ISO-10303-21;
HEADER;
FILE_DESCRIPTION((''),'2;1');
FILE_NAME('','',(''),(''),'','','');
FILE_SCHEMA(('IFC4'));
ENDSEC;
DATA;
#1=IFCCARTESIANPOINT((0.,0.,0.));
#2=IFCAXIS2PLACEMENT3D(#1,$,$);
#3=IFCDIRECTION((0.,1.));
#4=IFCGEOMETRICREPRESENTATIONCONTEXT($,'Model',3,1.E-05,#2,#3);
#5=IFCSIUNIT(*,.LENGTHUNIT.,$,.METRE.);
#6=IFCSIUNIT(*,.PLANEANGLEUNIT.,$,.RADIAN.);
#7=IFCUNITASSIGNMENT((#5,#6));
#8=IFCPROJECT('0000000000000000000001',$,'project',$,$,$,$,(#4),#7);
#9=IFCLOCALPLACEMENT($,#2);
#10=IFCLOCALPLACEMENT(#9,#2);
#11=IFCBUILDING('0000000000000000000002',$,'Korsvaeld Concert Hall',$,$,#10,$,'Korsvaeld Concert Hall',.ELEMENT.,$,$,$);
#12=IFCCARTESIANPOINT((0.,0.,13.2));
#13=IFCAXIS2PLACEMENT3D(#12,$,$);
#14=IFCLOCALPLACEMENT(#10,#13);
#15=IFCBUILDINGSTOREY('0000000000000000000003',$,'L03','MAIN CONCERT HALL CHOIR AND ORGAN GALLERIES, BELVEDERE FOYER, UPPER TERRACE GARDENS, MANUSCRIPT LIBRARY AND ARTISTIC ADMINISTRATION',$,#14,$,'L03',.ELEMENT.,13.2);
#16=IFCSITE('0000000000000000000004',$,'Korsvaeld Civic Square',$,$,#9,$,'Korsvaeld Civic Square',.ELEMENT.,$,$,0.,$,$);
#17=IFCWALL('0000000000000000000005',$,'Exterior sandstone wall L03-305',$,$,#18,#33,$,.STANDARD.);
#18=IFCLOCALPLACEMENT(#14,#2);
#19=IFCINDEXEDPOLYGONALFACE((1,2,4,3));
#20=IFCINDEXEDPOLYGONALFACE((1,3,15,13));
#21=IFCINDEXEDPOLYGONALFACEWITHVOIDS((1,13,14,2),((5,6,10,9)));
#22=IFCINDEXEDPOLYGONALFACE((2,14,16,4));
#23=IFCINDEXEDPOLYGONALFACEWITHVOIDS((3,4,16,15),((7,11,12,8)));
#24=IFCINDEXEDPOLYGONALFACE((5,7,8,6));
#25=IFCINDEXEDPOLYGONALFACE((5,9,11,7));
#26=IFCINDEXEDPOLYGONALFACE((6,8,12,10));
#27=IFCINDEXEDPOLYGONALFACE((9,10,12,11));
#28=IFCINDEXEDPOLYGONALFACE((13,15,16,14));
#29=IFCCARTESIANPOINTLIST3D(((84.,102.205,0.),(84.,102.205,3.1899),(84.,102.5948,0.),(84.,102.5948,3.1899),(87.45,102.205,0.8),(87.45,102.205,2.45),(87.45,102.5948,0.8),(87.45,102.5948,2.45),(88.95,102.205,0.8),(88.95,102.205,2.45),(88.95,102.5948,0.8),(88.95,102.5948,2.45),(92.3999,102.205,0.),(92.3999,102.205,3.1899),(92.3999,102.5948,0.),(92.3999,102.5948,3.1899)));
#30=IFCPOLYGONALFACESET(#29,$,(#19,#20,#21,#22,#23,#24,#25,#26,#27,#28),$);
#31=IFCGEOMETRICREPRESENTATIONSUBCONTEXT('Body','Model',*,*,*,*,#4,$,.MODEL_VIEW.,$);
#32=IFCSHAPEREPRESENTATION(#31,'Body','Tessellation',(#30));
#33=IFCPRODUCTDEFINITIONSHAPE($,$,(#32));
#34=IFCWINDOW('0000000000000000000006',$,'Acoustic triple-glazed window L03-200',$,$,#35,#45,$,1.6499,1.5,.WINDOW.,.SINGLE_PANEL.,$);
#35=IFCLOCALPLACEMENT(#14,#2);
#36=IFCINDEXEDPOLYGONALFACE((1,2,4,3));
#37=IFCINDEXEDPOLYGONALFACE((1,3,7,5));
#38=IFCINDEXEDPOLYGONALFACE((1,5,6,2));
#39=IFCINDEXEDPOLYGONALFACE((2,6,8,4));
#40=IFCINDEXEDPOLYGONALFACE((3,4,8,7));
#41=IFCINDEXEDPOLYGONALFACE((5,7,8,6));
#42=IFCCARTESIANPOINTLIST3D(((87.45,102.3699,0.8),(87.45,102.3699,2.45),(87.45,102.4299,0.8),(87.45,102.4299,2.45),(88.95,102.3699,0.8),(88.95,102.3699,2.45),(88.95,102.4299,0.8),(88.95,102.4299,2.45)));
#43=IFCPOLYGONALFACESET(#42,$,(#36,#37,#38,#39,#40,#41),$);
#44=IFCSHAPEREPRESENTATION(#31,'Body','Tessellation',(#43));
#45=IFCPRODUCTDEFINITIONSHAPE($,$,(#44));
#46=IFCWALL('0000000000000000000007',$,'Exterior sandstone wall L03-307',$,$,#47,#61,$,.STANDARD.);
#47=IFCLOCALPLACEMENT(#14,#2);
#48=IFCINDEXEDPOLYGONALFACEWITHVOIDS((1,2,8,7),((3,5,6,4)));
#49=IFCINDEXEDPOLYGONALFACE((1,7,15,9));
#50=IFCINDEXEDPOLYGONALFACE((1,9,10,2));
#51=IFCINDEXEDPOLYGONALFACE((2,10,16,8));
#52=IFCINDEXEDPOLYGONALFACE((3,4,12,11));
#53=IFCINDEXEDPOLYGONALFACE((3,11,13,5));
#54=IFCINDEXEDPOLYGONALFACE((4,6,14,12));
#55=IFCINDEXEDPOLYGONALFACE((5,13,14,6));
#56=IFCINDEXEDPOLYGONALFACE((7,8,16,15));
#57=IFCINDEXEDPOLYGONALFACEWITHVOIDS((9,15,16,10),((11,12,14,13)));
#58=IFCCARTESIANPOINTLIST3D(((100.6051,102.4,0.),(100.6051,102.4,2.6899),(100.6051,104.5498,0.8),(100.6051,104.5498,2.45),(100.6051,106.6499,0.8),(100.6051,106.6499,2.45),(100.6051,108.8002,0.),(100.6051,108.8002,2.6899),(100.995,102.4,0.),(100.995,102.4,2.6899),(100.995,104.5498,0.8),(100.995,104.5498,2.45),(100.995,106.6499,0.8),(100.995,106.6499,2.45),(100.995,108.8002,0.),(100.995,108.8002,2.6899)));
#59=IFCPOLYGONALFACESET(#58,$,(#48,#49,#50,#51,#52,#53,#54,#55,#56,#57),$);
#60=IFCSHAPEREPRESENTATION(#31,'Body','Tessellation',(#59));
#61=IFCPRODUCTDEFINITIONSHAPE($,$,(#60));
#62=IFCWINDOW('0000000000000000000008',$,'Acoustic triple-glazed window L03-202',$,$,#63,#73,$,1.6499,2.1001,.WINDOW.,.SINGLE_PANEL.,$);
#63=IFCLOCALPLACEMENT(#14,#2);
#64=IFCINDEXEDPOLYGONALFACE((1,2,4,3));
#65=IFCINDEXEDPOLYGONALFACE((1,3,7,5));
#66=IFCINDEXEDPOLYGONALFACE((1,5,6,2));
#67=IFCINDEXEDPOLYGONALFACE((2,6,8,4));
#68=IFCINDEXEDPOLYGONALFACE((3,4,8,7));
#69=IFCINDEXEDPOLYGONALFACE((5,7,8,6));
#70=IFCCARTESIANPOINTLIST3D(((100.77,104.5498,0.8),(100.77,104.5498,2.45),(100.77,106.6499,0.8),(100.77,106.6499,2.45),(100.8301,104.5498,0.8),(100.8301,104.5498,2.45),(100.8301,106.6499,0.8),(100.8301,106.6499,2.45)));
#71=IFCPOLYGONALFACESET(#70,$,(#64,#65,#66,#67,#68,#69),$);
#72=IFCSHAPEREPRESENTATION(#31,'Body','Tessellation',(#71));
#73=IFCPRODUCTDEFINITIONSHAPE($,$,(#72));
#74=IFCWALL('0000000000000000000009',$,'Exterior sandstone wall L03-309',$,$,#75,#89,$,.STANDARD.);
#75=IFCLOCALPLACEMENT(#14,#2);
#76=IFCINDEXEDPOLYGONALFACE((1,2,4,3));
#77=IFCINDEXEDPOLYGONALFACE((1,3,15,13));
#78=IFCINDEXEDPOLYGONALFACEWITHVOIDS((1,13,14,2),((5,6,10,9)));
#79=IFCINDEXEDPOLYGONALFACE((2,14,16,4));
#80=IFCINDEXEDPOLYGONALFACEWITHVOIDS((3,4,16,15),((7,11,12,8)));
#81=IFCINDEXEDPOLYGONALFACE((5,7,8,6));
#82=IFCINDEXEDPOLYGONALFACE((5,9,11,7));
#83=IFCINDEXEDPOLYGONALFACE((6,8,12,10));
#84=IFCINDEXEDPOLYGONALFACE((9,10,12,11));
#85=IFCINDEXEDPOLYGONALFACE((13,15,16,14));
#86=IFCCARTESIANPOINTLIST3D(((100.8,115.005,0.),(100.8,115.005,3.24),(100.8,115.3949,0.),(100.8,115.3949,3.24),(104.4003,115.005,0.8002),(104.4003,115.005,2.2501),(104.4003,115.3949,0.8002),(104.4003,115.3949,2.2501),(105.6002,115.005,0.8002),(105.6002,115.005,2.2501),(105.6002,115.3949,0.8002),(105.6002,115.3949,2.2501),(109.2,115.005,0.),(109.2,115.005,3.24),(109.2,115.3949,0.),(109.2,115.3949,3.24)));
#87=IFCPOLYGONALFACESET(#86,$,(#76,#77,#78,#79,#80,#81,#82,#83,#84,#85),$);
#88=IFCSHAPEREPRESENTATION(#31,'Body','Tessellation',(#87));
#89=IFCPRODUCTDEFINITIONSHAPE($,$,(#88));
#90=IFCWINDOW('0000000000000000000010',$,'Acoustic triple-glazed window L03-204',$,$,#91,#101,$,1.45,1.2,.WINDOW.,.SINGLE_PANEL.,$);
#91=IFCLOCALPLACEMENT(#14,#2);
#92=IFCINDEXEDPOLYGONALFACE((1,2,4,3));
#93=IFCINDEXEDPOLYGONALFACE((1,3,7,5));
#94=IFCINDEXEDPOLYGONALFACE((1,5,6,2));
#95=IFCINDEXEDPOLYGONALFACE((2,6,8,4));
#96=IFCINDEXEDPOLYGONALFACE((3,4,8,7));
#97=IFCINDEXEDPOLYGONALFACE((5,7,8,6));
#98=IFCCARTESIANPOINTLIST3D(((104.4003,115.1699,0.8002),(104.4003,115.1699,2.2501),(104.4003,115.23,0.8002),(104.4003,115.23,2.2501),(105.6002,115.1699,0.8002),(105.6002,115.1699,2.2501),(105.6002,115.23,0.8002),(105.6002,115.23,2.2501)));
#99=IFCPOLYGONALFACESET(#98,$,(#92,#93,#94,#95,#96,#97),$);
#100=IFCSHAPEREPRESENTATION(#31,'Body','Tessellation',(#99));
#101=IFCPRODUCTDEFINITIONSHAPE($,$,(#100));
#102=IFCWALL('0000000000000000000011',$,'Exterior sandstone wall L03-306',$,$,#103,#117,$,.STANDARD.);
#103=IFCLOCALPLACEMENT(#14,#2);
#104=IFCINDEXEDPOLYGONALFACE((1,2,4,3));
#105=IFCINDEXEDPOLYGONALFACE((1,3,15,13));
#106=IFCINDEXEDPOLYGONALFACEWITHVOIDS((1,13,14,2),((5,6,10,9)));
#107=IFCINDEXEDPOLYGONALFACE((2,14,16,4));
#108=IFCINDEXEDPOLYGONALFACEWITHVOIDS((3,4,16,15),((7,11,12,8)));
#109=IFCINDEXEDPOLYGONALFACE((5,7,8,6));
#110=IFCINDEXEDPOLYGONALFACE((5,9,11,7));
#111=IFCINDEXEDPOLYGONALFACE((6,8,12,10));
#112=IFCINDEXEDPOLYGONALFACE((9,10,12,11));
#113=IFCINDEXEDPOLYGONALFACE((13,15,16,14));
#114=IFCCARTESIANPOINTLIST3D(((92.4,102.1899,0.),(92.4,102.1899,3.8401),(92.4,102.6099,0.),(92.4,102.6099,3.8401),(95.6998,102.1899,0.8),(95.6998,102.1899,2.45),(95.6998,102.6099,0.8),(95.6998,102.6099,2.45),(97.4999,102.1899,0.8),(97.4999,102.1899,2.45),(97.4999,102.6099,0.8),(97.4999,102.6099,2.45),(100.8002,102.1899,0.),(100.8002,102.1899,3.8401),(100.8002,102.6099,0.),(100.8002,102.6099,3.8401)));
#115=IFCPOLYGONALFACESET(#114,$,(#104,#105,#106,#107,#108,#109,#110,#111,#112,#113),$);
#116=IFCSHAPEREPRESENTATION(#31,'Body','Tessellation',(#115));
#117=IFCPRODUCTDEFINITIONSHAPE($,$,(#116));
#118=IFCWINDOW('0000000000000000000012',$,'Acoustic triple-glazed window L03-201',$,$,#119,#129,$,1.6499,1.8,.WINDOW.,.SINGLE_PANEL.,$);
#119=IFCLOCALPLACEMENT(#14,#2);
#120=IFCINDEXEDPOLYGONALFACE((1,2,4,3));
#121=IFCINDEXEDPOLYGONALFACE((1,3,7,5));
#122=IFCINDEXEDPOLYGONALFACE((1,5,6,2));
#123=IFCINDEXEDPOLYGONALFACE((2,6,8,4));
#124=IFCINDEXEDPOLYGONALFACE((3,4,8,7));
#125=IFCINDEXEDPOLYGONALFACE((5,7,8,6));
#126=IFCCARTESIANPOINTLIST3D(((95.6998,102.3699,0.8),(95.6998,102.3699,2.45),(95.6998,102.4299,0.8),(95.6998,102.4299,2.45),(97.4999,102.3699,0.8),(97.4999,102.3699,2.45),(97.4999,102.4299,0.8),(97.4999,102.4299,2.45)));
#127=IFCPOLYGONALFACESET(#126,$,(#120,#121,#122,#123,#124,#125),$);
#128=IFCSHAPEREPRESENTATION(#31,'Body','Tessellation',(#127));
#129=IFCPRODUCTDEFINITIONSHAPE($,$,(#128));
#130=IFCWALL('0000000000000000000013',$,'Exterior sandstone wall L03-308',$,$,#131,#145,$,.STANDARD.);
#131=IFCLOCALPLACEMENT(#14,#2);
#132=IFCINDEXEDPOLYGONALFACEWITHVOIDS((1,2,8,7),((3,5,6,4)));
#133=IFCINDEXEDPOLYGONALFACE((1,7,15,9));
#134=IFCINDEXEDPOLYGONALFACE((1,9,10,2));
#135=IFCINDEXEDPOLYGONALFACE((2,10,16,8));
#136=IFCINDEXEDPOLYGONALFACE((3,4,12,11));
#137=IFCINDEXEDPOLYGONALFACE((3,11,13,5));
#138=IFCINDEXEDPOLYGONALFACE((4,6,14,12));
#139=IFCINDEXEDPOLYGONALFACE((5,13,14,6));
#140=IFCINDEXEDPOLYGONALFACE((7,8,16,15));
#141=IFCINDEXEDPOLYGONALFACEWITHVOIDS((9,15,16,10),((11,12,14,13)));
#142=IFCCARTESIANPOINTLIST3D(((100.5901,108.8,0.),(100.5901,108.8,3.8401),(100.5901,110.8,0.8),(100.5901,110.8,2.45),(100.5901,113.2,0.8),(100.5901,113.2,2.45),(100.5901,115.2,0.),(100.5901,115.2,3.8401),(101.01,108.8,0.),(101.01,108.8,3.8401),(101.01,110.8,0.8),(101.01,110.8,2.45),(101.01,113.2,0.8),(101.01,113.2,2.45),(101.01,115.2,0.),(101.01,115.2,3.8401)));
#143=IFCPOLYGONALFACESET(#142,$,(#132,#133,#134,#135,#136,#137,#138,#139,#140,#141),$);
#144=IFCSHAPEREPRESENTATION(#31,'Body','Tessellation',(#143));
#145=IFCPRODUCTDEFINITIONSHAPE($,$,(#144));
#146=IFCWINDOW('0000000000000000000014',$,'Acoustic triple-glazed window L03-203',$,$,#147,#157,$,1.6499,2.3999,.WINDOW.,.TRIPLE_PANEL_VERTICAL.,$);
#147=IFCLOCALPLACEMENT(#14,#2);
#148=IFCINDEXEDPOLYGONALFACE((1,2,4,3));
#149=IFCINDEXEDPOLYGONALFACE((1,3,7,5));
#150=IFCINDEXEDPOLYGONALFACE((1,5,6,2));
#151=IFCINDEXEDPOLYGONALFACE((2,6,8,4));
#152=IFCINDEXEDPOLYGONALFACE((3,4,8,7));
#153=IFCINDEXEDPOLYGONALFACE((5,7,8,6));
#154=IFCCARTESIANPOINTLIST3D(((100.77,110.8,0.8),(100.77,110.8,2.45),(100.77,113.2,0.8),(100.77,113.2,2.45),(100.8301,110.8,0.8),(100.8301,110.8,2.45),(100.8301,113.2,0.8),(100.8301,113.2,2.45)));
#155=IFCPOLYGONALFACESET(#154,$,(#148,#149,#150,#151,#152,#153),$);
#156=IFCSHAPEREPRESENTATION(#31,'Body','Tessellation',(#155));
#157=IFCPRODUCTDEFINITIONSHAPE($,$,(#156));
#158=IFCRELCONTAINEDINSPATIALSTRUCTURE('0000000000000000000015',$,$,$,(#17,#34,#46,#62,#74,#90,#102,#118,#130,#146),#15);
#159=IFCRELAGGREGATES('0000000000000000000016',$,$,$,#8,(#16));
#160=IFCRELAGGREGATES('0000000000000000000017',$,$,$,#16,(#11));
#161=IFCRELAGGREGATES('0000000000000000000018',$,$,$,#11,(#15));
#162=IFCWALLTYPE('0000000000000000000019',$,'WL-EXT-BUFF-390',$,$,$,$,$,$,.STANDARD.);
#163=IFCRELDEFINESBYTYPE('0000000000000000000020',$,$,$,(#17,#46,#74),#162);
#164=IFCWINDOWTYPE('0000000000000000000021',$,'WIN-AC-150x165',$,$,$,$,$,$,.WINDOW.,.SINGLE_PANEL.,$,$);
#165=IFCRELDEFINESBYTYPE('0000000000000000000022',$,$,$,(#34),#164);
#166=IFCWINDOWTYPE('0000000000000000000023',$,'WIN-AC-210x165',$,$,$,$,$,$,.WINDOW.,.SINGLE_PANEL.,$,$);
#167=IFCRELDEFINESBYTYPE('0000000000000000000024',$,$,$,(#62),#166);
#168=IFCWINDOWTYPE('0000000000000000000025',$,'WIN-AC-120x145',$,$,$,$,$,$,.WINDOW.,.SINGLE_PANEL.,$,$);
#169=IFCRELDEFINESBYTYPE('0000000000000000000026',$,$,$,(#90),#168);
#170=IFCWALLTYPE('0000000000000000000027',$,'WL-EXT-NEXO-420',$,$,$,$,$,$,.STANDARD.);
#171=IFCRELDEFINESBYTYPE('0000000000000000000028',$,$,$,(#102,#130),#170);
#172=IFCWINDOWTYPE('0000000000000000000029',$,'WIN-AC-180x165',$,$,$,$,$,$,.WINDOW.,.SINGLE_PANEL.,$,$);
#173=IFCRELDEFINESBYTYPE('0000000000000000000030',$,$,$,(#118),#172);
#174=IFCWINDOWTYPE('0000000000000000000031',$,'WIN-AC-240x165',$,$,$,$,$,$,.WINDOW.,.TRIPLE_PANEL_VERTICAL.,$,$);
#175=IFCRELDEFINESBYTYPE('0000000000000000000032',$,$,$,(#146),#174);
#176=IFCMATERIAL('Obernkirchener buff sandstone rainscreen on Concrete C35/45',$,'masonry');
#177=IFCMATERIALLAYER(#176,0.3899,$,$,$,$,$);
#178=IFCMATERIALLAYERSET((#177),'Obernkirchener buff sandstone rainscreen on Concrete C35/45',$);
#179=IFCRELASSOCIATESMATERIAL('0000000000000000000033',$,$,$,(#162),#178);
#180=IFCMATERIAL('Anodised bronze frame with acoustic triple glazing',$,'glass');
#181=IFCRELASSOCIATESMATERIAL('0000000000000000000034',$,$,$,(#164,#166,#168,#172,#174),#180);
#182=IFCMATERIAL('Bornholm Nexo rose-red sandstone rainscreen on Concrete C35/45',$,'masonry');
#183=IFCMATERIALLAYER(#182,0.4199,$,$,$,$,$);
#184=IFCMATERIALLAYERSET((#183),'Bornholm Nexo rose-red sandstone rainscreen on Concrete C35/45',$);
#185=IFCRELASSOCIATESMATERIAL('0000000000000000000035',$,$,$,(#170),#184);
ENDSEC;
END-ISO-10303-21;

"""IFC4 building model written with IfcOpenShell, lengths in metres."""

from ifc_helpers import new_model, si_unit, direction, frame, frame_2d, origin, place, context, subcontext, project, spatial, rectangle, extrude, material, layer, layer_set, type_object, element, fill, save


model = new_model("IFC4")

# Units and contexts
model_context = context("Model", 3, precision=1e-05, world=origin(), true_north=direction((0.0, 1.0)))
body_context = subcontext(model_context, "Body", "Model", "MODEL_VIEW")
ifc_project = project(units=[si_unit("LENGTHUNIT", "METRE"), si_unit("PLANEANGLEUNIT", "RADIAN")], contexts=[model_context])

# Site, building, storey
site_placement = place(None, origin())
site = spatial("IfcSite", under=ifc_project, at=site_placement, Name="Korsvaeld Civic Square", LongName="Korsvaeld Civic Square", CompositionType="ELEMENT", RefElevation=0.0)
building_placement = place(site_placement, origin())
building = spatial("IfcBuilding", under=site, at=building_placement, Name="Korsvaeld Concert Hall", LongName="Korsvaeld Concert Hall", CompositionType="ELEMENT")
storey_placement = place(building_placement, frame((0.0, 0.0, 13.2)))
storey = spatial("IfcBuildingStorey", under=building, at=storey_placement, Name="L03", Description="MAIN CONCERT HALL CHOIR AND ORGAN GALLERIES, BELVEDERE FOYER, UPPER TERRACE GARDENS, MANUSCRIPT LIBRARY AND ARTISTIC ADMINISTRATION", LongName="L03", CompositionType="ELEMENT", Elevation=13.2)

# Walls, openings, windows
ifc_material_1 = material(Name="Obernkirchener buff sandstone rainscreen on Concrete C35/45", Category="masonry")
ifc_layer_1 = layer(ifc_material_1, 0.3899)
ifc_layer_set_1 = layer_set([ifc_layer_1], Name="Obernkirchener buff sandstone rainscreen on Concrete C35/45")
wall_type_1 = type_object("IfcWallType", Name="WL-EXT-BUFF-390", PredefinedType="STANDARD", material=ifc_layer_set_1)
wall_1_placement = place(storey_placement, frame((84.0, 102.3999, 0.0), z_axis=(0.0, 0.0, 1.0), x_axis=(1.0, 0.0, 0.0)))
wall_1 = element("IfcWall", 1, at=wall_1_placement, inside=storey, type_object=wall_type_1, Name="Exterior sandstone wall L03-305", PredefinedType="STANDARD", context=body_context, shape_type="SweptSolid", body=[
    extrude(rectangle(XDim=8.3999, YDim=0.3899, at=frame_2d((4.2, 0.0))), origin(), (0.0, 0.0, 1.0), 3.1899),
])
opening_1_placement = place(wall_1_placement, frame((3.45, 0.0, 0.8)))
opening_1 = element("IfcOpeningElement", 2, at=opening_1_placement, cuts=wall_1, PredefinedType="OPENING", context=body_context, shape_type="SweptSolid", body=[
    extrude(rectangle(XDim=1.5, YDim=1.6499, at=frame_2d((0.75, 0.825))), frame((0.0, 0.2051, 0.0), z_axis=(0.0, -1.0, 0.0), x_axis=(1.0, 0.0, 0.0)), (0.0, 0.0, 1.0), 0.4099),
])
ifc_material_2 = material(Name="Anodised bronze frame with acoustic triple glazing", Category="glass")
window_type_1 = type_object("IfcWindowType", Name="WIN-AC-150x165", PartitioningType="SINGLE_PANEL", PredefinedType="WINDOW", material=ifc_material_2)
window_1_placement = place(opening_1_placement, origin())
window_1 = element("IfcWindow", 3, at=window_1_placement, inside=storey, type_object=window_type_1, Name="Acoustic triple-glazed window L03-200", OverallHeight=1.6499, OverallWidth=1.5, PartitioningType="SINGLE_PANEL", PredefinedType="WINDOW", context=body_context, shape_type="SweptSolid", body=[
    extrude(rectangle(XDim=1.5, YDim=1.6499, at=frame_2d((0.75, 0.825))), frame((0.0, 0.03, 0.0), z_axis=(0.0, -1.0, 0.0), x_axis=(1.0, 0.0, 0.0)), (0.0, 0.0, 1.0), 0.0601),
])
fill(opening_1, window_1)
wall_2_placement = place(storey_placement, frame((100.8, 102.3999, 0.0), z_axis=(0.0, 0.0, 1.0), x_axis=(0.0, 1.0, 0.0)))
wall_2 = element("IfcWall", 4, at=wall_2_placement, inside=storey, type_object=wall_type_1, Name="Exterior sandstone wall L03-307", PredefinedType="STANDARD", context=body_context, shape_type="SweptSolid", body=[
    extrude(rectangle(XDim=6.4001, YDim=0.3899, at=frame_2d((3.2002, 0.0))), origin(), (0.0, 0.0, 1.0), 2.6899),
])
opening_2_placement = place(wall_2_placement, frame((2.1499, 0.0, 0.8)))
opening_2 = element("IfcOpeningElement", 5, at=opening_2_placement, cuts=wall_2, PredefinedType="OPENING", context=body_context, shape_type="SweptSolid", body=[
    extrude(rectangle(XDim=2.1001, YDim=1.6499, at=frame_2d((1.05, 0.825))), frame((0.0, 0.2051, 0.0), z_axis=(0.0, -1.0, 0.0), x_axis=(1.0, 0.0, 0.0)), (0.0, 0.0, 1.0), 0.4099),
])
window_type_2 = type_object("IfcWindowType", Name="WIN-AC-210x165", PartitioningType="SINGLE_PANEL", PredefinedType="WINDOW", material=ifc_material_2)
window_2_placement = place(opening_2_placement, origin())
window_2 = element("IfcWindow", 6, at=window_2_placement, inside=storey, type_object=window_type_2, Name="Acoustic triple-glazed window L03-202", OverallHeight=1.6499, OverallWidth=2.1001, PartitioningType="SINGLE_PANEL", PredefinedType="WINDOW", context=body_context, shape_type="SweptSolid", body=[
    extrude(rectangle(XDim=2.1001, YDim=1.6499, at=frame_2d((1.05, 0.825))), frame((0.0, 0.03, 0.0), z_axis=(0.0, -1.0, 0.0), x_axis=(1.0, 0.0, 0.0)), (0.0, 0.0, 1.0), 0.0601),
])
fill(opening_2, window_2)
wall_3_placement = place(storey_placement, frame((100.8, 115.2, 0.0), z_axis=(0.0, 0.0, 1.0), x_axis=(1.0, 0.0, 0.0)))
wall_3 = element("IfcWall", 7, at=wall_3_placement, inside=storey, type_object=wall_type_1, Name="Exterior sandstone wall L03-309", PredefinedType="STANDARD", context=body_context, shape_type="SweptSolid", body=[
    extrude(rectangle(XDim=8.3999, YDim=0.3899, at=frame_2d((4.2, 0.0))), origin(), (0.0, 0.0, 1.0), 3.24),
])
opening_3_placement = place(wall_3_placement, frame((3.6001, 0.0, 0.8)))
opening_3 = element("IfcOpeningElement", 8, at=opening_3_placement, cuts=wall_3, PredefinedType="OPENING", context=body_context, shape_type="SweptSolid", body=[
    extrude(rectangle(XDim=1.2, YDim=1.45, at=frame_2d((0.6001, 0.7251))), frame((0.0, 0.2051, 0.0), z_axis=(0.0, -1.0, 0.0), x_axis=(1.0, 0.0, 0.0)), (0.0, 0.0, 1.0), 0.4099),
])
window_type_3 = type_object("IfcWindowType", Name="WIN-AC-120x145", PartitioningType="SINGLE_PANEL", PredefinedType="WINDOW", material=ifc_material_2)
window_3_placement = place(opening_3_placement, origin())
window_3 = element("IfcWindow", 9, at=window_3_placement, inside=storey, type_object=window_type_3, Name="Acoustic triple-glazed window L03-204", OverallHeight=1.45, OverallWidth=1.2, PartitioningType="SINGLE_PANEL", PredefinedType="WINDOW", context=body_context, shape_type="SweptSolid", body=[
    extrude(rectangle(XDim=1.2, YDim=1.45, at=frame_2d((0.6001, 0.7251))), frame((0.0, 0.03, 0.0), z_axis=(0.0, -1.0, 0.0), x_axis=(1.0, 0.0, 0.0)), (0.0, 0.0, 1.0), 0.0601),
])
fill(opening_3, window_3)
ifc_material_3 = material(Name="Bornholm Nexo rose-red sandstone rainscreen on Concrete C35/45", Category="masonry")
ifc_layer_2 = layer(ifc_material_3, 0.4199)
ifc_layer_set_2 = layer_set([ifc_layer_2], Name="Bornholm Nexo rose-red sandstone rainscreen on Concrete C35/45")
wall_type_2 = type_object("IfcWallType", Name="WL-EXT-NEXO-420", PredefinedType="STANDARD", material=ifc_layer_set_2)
wall_4_placement = place(storey_placement, frame((92.3999, 102.3999, 0.0), z_axis=(0.0, 0.0, 1.0), x_axis=(1.0, 0.0, 0.0)))
wall_4 = element("IfcWall", 10, at=wall_4_placement, inside=storey, type_object=wall_type_2, Name="Exterior sandstone wall L03-306", PredefinedType="STANDARD", context=body_context, shape_type="SweptSolid", body=[
    extrude(rectangle(XDim=8.4001, YDim=0.4199, at=frame_2d((4.2002, 0.0))), origin(), (0.0, 0.0, 1.0), 3.8401),
])
opening_4_placement = place(wall_4_placement, frame((3.3, 0.0, 0.8)))
opening_4 = element("IfcOpeningElement", 11, at=opening_4_placement, cuts=wall_4, PredefinedType="OPENING", context=body_context, shape_type="SweptSolid", body=[
    extrude(rectangle(XDim=1.8, YDim=1.6499, at=frame_2d((0.8999, 0.825))), frame((0.0, 0.22, 0.0), z_axis=(0.0, -1.0, 0.0), x_axis=(1.0, 0.0, 0.0)), (0.0, 0.0, 1.0), 0.4399),
])
window_type_4 = type_object("IfcWindowType", Name="WIN-AC-180x165", PartitioningType="SINGLE_PANEL", PredefinedType="WINDOW", material=ifc_material_2)
window_4_placement = place(opening_4_placement, origin())
window_4 = element("IfcWindow", 12, at=window_4_placement, inside=storey, type_object=window_type_4, Name="Acoustic triple-glazed window L03-201", OverallHeight=1.6499, OverallWidth=1.8, PartitioningType="SINGLE_PANEL", PredefinedType="WINDOW", context=body_context, shape_type="SweptSolid", body=[
    extrude(rectangle(XDim=1.8, YDim=1.6499, at=frame_2d((0.8999, 0.825))), frame((0.0, 0.03, 0.0), z_axis=(0.0, -1.0, 0.0), x_axis=(1.0, 0.0, 0.0)), (0.0, 0.0, 1.0), 0.0601),
])
fill(opening_4, window_4)
wall_5_placement = place(storey_placement, frame((100.8, 108.8, 0.0), z_axis=(0.0, 0.0, 1.0), x_axis=(0.0, 1.0, 0.0)))
wall_5 = element("IfcWall", 13, at=wall_5_placement, inside=storey, type_object=wall_type_2, Name="Exterior sandstone wall L03-308", PredefinedType="STANDARD", context=body_context, shape_type="SweptSolid", body=[
    extrude(rectangle(XDim=6.3999, YDim=0.4199, at=frame_2d((3.2, 0.0))), origin(), (0.0, 0.0, 1.0), 3.8401),
])
opening_5_placement = place(wall_5_placement, frame((2.0, 0.0, 0.8)))
opening_5 = element("IfcOpeningElement", 14, at=opening_5_placement, cuts=wall_5, PredefinedType="OPENING", context=body_context, shape_type="SweptSolid", body=[
    extrude(rectangle(XDim=2.3999, YDim=1.6499, at=frame_2d((1.2, 0.825))), frame((0.0, 0.22, 0.0), z_axis=(0.0, -1.0, 0.0), x_axis=(1.0, 0.0, 0.0)), (0.0, 0.0, 1.0), 0.4399),
])
window_type_5 = type_object("IfcWindowType", Name="WIN-AC-240x165", PartitioningType="TRIPLE_PANEL_VERTICAL", PredefinedType="WINDOW", material=ifc_material_2)
window_5_placement = place(opening_5_placement, origin())
window_5 = element("IfcWindow", 15, at=window_5_placement, inside=storey, type_object=window_type_5, Name="Acoustic triple-glazed window L03-203", OverallHeight=1.6499, OverallWidth=2.3999, PartitioningType="TRIPLE_PANEL_VERTICAL", PredefinedType="WINDOW", context=body_context, shape_type="SweptSolid", body=[
    extrude(rectangle(XDim=2.3999, YDim=1.6499, at=frame_2d((1.2, 0.825))), frame((0.0, 0.03, 0.0), z_axis=(0.0, -1.0, 0.0), x_axis=(1.0, 0.0, 0.0)), (0.0, 0.0, 1.0), 0.0601),
])
fill(opening_5, window_5)

save(model, "model.ifc")
